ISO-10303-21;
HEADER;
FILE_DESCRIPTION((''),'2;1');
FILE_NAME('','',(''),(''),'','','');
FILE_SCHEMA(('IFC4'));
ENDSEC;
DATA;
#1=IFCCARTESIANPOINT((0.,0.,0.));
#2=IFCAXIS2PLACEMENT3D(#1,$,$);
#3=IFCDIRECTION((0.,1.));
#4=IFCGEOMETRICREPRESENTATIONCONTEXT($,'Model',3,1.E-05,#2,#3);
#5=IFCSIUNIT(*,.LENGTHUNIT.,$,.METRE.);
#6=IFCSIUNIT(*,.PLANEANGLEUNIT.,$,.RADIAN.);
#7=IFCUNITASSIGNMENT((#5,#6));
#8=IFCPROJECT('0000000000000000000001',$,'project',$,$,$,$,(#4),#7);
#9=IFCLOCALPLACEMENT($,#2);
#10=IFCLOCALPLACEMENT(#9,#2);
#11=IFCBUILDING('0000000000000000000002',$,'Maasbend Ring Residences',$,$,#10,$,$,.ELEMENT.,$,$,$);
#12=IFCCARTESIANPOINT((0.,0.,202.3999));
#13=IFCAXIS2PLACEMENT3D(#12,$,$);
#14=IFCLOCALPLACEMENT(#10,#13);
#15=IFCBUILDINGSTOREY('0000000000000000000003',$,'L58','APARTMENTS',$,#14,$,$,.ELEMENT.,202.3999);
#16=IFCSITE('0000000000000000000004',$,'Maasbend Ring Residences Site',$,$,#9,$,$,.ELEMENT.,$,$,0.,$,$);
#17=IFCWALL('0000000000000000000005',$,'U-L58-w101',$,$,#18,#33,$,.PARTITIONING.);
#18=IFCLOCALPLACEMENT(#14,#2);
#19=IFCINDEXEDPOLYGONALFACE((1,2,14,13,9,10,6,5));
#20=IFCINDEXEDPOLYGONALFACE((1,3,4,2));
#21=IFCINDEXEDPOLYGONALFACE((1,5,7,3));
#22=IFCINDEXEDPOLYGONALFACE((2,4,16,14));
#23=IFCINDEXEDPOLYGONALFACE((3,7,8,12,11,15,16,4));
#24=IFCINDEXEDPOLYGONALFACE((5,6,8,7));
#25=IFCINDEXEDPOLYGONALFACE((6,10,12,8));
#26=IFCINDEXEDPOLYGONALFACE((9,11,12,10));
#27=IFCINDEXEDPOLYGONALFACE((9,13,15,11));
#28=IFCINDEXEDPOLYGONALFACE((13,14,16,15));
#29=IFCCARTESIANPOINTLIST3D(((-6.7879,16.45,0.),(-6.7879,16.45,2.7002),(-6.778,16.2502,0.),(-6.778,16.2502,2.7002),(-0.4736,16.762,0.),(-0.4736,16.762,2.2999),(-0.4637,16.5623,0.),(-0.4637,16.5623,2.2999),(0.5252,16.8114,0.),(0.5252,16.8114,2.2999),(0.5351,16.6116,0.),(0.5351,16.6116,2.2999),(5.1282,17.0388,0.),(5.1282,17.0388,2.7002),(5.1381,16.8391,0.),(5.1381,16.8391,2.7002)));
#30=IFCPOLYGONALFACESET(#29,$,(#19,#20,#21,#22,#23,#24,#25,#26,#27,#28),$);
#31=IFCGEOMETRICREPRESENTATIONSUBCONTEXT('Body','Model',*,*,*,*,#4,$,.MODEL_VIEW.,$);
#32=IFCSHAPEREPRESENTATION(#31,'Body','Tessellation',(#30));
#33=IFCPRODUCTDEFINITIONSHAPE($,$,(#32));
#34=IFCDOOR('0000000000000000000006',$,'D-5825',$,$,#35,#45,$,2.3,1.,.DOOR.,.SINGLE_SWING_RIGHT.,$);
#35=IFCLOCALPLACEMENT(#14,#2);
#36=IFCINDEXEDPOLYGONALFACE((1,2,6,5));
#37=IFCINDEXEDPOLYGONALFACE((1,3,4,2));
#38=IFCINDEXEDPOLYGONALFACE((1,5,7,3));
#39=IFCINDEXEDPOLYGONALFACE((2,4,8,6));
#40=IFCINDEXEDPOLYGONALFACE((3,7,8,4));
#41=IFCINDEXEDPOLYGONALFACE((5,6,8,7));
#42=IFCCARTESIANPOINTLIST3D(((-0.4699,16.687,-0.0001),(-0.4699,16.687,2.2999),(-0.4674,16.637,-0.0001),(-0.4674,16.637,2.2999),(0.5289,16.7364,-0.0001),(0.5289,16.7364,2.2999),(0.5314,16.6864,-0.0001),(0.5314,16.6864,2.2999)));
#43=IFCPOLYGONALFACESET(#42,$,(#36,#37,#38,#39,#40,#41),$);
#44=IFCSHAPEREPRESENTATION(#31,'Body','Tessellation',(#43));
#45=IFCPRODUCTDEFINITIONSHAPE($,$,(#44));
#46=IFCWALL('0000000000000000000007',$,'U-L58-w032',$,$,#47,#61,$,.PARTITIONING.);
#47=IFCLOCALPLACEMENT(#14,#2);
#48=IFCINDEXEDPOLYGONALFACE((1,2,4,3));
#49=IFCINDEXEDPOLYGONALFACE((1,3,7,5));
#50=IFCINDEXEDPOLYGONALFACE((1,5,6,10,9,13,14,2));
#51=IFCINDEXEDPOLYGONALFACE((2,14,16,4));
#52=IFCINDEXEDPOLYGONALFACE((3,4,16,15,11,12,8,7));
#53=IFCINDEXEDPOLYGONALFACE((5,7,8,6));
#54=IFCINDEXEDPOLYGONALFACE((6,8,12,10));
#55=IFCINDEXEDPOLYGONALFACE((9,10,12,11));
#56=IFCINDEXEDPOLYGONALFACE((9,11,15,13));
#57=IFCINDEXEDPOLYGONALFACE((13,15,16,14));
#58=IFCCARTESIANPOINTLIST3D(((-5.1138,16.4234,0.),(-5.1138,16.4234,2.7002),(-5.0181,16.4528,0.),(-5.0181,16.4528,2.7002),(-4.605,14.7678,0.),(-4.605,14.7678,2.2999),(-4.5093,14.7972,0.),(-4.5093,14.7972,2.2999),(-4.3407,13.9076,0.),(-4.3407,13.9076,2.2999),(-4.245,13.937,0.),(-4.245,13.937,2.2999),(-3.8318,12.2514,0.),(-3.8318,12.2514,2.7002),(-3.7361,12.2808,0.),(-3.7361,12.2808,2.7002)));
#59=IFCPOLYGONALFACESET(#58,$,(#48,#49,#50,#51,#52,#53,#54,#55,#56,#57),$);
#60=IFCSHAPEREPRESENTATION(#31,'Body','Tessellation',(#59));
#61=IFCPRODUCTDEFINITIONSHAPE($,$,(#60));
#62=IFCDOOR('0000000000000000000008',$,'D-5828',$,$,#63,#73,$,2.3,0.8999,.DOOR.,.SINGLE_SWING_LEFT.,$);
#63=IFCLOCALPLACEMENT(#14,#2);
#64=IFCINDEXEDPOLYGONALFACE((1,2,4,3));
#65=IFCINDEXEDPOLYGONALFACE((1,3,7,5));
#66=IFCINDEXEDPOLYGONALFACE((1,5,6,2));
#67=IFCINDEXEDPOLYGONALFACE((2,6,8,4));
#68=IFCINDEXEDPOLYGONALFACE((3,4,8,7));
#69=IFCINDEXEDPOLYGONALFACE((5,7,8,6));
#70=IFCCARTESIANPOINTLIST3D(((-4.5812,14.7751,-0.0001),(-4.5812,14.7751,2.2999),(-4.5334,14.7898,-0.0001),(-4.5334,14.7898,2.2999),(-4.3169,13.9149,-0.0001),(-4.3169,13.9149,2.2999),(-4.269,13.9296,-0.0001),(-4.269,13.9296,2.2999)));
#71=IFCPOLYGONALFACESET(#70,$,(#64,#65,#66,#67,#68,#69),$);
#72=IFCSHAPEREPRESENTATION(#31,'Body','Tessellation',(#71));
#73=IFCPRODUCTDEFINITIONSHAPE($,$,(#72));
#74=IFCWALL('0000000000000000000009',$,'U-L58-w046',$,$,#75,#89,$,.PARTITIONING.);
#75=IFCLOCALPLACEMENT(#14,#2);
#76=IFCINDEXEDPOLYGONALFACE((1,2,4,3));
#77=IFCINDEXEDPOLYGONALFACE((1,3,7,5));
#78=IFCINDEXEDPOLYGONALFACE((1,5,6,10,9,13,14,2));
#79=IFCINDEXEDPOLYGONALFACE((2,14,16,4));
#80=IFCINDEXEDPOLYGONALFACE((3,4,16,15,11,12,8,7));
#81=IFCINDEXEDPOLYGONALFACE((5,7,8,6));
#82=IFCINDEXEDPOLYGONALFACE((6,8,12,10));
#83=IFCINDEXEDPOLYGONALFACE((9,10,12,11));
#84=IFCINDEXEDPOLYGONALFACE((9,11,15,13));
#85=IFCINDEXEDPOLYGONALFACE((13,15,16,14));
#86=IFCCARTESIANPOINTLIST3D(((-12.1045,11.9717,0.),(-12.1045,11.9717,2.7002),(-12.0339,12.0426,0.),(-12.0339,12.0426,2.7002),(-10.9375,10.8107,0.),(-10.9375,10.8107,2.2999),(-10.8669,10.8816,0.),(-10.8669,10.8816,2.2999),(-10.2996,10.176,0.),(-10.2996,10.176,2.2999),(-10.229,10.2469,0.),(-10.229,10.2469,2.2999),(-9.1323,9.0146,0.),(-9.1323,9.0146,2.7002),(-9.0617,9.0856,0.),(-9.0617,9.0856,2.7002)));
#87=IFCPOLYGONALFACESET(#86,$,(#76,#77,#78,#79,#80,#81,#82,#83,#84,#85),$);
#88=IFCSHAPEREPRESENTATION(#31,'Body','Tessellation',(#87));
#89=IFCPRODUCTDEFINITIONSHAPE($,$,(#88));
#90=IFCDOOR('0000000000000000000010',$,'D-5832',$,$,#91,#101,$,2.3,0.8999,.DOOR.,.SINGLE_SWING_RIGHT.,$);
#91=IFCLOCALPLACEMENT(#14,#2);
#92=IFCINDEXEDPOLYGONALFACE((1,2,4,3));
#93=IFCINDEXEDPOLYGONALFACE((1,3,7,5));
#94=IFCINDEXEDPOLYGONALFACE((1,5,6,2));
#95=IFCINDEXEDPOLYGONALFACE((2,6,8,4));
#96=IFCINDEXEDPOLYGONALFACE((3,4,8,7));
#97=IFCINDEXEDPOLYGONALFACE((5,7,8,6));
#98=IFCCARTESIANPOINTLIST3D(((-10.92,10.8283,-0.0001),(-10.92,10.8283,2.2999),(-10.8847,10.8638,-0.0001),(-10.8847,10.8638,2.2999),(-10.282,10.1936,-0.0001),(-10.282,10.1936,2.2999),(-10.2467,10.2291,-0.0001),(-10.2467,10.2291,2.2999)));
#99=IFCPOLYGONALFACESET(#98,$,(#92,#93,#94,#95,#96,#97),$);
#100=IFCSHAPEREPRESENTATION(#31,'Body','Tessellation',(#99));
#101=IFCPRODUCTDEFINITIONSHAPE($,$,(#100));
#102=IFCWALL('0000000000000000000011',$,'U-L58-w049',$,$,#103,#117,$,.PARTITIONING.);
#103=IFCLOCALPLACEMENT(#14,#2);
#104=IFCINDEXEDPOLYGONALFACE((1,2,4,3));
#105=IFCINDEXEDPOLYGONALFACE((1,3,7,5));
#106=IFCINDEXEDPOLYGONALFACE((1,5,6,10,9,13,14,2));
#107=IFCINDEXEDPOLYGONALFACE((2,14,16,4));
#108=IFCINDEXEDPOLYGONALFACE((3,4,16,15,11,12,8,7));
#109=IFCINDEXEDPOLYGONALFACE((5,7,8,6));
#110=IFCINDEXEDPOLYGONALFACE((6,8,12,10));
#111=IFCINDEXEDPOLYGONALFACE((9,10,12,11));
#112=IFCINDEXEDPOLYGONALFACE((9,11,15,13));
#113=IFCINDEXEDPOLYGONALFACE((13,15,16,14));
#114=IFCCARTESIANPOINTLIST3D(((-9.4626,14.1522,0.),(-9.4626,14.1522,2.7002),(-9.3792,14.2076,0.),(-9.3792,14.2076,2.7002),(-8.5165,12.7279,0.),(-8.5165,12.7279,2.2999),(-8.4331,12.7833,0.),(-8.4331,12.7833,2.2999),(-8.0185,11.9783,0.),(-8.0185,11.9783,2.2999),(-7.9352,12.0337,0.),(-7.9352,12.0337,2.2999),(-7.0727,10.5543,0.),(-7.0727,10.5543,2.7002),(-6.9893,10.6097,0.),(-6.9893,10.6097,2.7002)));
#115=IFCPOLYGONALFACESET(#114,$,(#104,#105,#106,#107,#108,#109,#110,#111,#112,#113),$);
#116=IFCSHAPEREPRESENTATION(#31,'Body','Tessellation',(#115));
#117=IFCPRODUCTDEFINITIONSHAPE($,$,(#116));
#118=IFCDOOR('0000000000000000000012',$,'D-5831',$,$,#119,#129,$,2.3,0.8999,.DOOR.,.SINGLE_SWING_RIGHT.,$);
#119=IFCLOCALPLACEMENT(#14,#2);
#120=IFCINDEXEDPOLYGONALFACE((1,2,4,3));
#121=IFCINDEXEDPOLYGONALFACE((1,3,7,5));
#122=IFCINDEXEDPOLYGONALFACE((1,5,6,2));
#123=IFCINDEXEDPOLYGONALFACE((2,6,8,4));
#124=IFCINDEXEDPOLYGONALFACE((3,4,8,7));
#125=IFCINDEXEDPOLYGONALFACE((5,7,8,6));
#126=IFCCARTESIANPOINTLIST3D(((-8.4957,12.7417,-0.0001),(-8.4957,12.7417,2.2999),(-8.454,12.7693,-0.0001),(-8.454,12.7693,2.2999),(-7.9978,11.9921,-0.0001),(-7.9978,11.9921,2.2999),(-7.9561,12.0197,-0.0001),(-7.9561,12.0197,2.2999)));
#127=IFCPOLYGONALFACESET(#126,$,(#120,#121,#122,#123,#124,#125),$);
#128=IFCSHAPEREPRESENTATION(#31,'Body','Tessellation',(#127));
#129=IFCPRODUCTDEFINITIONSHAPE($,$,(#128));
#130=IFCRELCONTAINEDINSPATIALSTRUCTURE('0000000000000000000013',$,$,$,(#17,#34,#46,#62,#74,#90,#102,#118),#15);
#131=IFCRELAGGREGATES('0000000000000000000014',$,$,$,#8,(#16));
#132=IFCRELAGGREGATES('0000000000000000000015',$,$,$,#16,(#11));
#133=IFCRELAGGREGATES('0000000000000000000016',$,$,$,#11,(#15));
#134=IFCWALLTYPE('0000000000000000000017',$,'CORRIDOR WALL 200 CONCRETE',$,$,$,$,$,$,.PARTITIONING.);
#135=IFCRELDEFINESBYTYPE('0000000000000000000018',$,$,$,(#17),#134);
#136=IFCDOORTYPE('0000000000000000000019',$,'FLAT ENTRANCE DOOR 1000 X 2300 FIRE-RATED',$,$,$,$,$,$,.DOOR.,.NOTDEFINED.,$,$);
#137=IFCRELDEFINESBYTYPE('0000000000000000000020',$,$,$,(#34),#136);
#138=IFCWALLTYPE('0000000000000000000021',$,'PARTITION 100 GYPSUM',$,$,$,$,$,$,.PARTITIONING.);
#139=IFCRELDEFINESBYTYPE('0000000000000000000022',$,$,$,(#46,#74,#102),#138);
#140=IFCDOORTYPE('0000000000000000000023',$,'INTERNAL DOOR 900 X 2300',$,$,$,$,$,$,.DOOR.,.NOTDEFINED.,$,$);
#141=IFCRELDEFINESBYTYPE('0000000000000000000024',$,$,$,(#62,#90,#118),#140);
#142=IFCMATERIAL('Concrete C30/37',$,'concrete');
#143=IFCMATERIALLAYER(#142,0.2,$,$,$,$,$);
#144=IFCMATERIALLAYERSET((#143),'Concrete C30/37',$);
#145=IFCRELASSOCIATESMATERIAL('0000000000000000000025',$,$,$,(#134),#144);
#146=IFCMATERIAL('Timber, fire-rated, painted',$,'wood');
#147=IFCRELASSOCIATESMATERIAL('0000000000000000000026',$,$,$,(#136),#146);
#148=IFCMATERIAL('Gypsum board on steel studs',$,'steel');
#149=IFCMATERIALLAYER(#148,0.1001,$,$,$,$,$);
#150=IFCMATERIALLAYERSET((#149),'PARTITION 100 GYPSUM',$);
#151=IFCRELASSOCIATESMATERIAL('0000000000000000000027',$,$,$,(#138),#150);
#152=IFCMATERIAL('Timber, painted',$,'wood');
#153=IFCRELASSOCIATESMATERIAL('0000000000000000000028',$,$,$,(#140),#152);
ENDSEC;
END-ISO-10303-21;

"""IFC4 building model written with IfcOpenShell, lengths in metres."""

from ifc_helpers import new_model, si_unit, direction, frame, frame_2d, origin, place, context, subcontext, project, spatial, rectangle, extrude, material, layer, layer_set, type_object, element, fill, save


model = new_model("IFC4")

# Units and contexts
model_context = context("Model", 3, precision=1e-05, world=origin(), true_north=direction((0.0, 1.0)))
body_context = subcontext(model_context, "Body", "Model", "MODEL_VIEW")
ifc_project = project(units=[si_unit("LENGTHUNIT", "METRE"), si_unit("PLANEANGLEUNIT", "RADIAN")], contexts=[model_context])

# Site, building, storey
site_placement = place(None, origin())
site = spatial("IfcSite", under=ifc_project, at=site_placement, Name="Maasbend Ring Residences Site", CompositionType="ELEMENT", RefElevation=0.0)
building_placement = place(site_placement, origin())
building = spatial("IfcBuilding", under=site, at=building_placement, Name="Maasbend Ring Residences", CompositionType="ELEMENT")
storey_placement = place(building_placement, frame((0.0, 0.0, 202.3999)))
storey = spatial("IfcBuildingStorey", under=building, at=storey_placement, Name="L58", Description="APARTMENTS", CompositionType="ELEMENT", Elevation=202.3999)

# Walls, openings, doors
ifc_material_1 = material(Name="Concrete C30/37", Category="concrete")
ifc_layer_1 = layer(ifc_material_1, 0.2)
ifc_layer_set_1 = layer_set([ifc_layer_1], Name="Concrete C30/37")
wall_type_1 = type_object("IfcWallType", Name="CORRIDOR WALL 200 CONCRETE", PredefinedType="PARTITIONING", material=ifc_layer_set_1)
wall_1_placement = place(storey_placement, frame((-6.783, 16.3501, 0.0), z_axis=(0.0, 0.0, 1.0), x_axis=(0.998781, 0.049358, 0.0)))
wall_1 = element("IfcWall", 1, at=wall_1_placement, inside=storey, type_object=wall_type_1, Name="U-L58-w101", PredefinedType="PARTITIONING", context=body_context, shape_type="SweptSolid", body=[
    extrude(rectangle(XDim=11.9307, YDim=0.2, at=frame_2d((5.9653, 0.0))), origin(), (0.0, 0.0, 1.0), 2.7002),
])
opening_1_placement = place(wall_1_placement, frame((6.322, 0.0, 0.0)))
opening_1 = element("IfcOpeningElement", 2, at=opening_1_placement, cuts=wall_1, PredefinedType="OPENING", context=body_context, shape_type="SweptSolid", body=[
    extrude(rectangle(XDim=1.0, YDim=2.3, at=frame_2d((0.5, 1.1499))), frame((0.0, 0.1099, 0.0), z_axis=(0.0, -1.0, 0.0), x_axis=(1.0, 0.0, 0.0)), (0.0, 0.0, 1.0), 0.22),
])
ifc_material_2 = material(Name="Timber, fire-rated, painted", Category="wood")
door_type_1 = type_object("IfcDoorType", Name="FLAT ENTRANCE DOOR 1000 X 2300 FIRE-RATED", OperationType="NOTDEFINED", PredefinedType="DOOR", material=ifc_material_2)
door_1_placement = place(opening_1_placement, origin())
door_1 = element("IfcDoor", 3, at=door_1_placement, inside=storey, type_object=door_type_1, Name="D-5825", OperationType="SINGLE_SWING_RIGHT", OverallHeight=2.3, OverallWidth=1.0, PredefinedType="DOOR", context=body_context, shape_type="SweptSolid", body=[
    extrude(rectangle(XDim=1.0, YDim=2.3, at=frame_2d((0.5, 1.1499))), frame((0.0, 0.0249, 0.0), z_axis=(0.0, -1.0, 0.0), x_axis=(1.0, 0.0, 0.0)), (0.0, 0.0, 1.0), 0.05),
])
fill(opening_1, door_1)
ifc_material_3 = material(Name="Gypsum board on steel studs", Category="steel")
ifc_layer_2 = layer(ifc_material_3, 0.1001)
ifc_layer_set_2 = layer_set([ifc_layer_2], Name="PARTITION 100 GYPSUM")
wall_type_2 = type_object("IfcWallType", Name="PARTITION 100 GYPSUM", PredefinedType="PARTITIONING", material=ifc_layer_set_2)
wall_2_placement = place(storey_placement, frame((-5.0659, 16.438, 0.0), z_axis=(0.0, 0.0, 1.0), x_axis=(0.293736, -0.955887, 0.0)))
wall_2 = element("IfcWall", 4, at=wall_2_placement, inside=storey, type_object=wall_type_2, Name="U-L58-w032", PredefinedType="PARTITIONING", context=body_context, shape_type="SweptSolid", body=[
    extrude(rectangle(XDim=4.3645, YDim=0.1001, at=frame_2d((2.1821, 0.0))), origin(), (0.0, 0.0, 1.0), 2.7002),
])
opening_2_placement = place(wall_2_placement, frame((1.7319, 0.0, 0.0)))
opening_2 = element("IfcOpeningElement", 5, at=opening_2_placement, cuts=wall_2, PredefinedType="OPENING", context=body_context, shape_type="SweptSolid", body=[
    extrude(rectangle(XDim=0.8999, YDim=2.3, at=frame_2d((0.45, 1.1499))), frame((0.0, 0.0601, 0.0), z_axis=(0.0, -1.0, 0.0), x_axis=(1.0, 0.0, 0.0)), (0.0, 0.0, 1.0), 0.1201),
])
ifc_material_4 = material(Name="Timber, painted", Category="wood")
door_type_2 = type_object("IfcDoorType", Name="INTERNAL DOOR 900 X 2300", OperationType="NOTDEFINED", PredefinedType="DOOR", material=ifc_material_4)
door_2_placement = place(opening_2_placement, origin())
door_2 = element("IfcDoor", 6, at=door_2_placement, inside=storey, type_object=door_type_2, Name="D-5828", OperationType="SINGLE_SWING_LEFT", OverallHeight=2.3, OverallWidth=0.8999, PredefinedType="DOOR", context=body_context, shape_type="SweptSolid", body=[
    extrude(rectangle(XDim=0.8999, YDim=2.3, at=frame_2d((0.45, 1.1499))), frame((0.0, 0.0249, 0.0), z_axis=(0.0, -1.0, 0.0), x_axis=(1.0, 0.0, 0.0)), (0.0, 0.0, 1.0), 0.05),
])
fill(opening_2, door_2)
wall_3_placement = place(storey_placement, frame((-12.0691, 12.0071, 0.0), z_axis=(0.0, 0.0, 1.0), x_axis=(0.70891, -0.705299, 0.0)))
wall_3 = element("IfcWall", 7, at=wall_3_placement, inside=storey, type_object=wall_type_2, Name="U-L58-w046", PredefinedType="PARTITIONING", context=body_context, shape_type="SweptSolid", body=[
    extrude(rectangle(XDim=4.1926, YDim=0.1001, at=frame_2d((2.0962, 0.0))), origin(), (0.0, 0.0, 1.0), 2.7002),
])
opening_3_placement = place(wall_3_placement, frame((1.646, 0.0, 0.0)))
opening_3 = element("IfcOpeningElement", 8, at=opening_3_placement, cuts=wall_3, PredefinedType="OPENING", context=body_context, shape_type="SweptSolid", body=[
    extrude(rectangle(XDim=0.8999, YDim=2.3, at=frame_2d((0.45, 1.1499))), frame((0.0, 0.0601, 0.0), z_axis=(0.0, -1.0, 0.0), x_axis=(1.0, 0.0, 0.0)), (0.0, 0.0, 1.0), 0.1201),
])
door_3_placement = place(opening_3_placement, origin())
door_3 = element("IfcDoor", 9, at=door_3_placement, inside=storey, type_object=door_type_2, Name="D-5832", OperationType="SINGLE_SWING_RIGHT", OverallHeight=2.3, OverallWidth=0.8999, PredefinedType="DOOR", context=body_context, shape_type="SweptSolid", body=[
    extrude(rectangle(XDim=0.8999, YDim=2.3, at=frame_2d((0.45, 1.1499))), frame((0.0, 0.0249, 0.0), z_axis=(0.0, -1.0, 0.0), x_axis=(1.0, 0.0, 0.0)), (0.0, 0.0, 1.0), 0.05),
])
fill(opening_3, door_3)
wall_4_placement = place(storey_placement, frame((-9.4209, 14.1799, 0.0), z_axis=(0.0, 0.0, 1.0), x_axis=(0.553304, -0.83298, 0.0)))
wall_4 = element("IfcWall", 10, at=wall_4_placement, inside=storey, type_object=wall_type_2, Name="U-L58-w049", PredefinedType="PARTITIONING", context=body_context, shape_type="SweptSolid", body=[
    extrude(rectangle(XDim=4.3193, YDim=0.1001, at=frame_2d((2.1597, 0.0))), origin(), (0.0, 0.0, 1.0), 2.7002),
])
opening_4_placement = place(wall_4_placement, frame((1.71, 0.0, 0.0)))
opening_4 = element("IfcOpeningElement", 11, at=opening_4_placement, cuts=wall_4, PredefinedType="OPENING", context=body_context, shape_type="SweptSolid", body=[
    extrude(rectangle(XDim=0.8999, YDim=2.3, at=frame_2d((0.45, 1.1499))), frame((0.0, 0.0601, 0.0), z_axis=(0.0, -1.0, 0.0), x_axis=(1.0, 0.0, 0.0)), (0.0, 0.0, 1.0), 0.1201),
])
door_4_placement = place(opening_4_placement, origin())
door_4 = element("IfcDoor", 12, at=door_4_placement, inside=storey, type_object=door_type_2, Name="D-5831", OperationType="SINGLE_SWING_RIGHT", OverallHeight=2.3, OverallWidth=0.8999, PredefinedType="DOOR", context=body_context, shape_type="SweptSolid", body=[
    extrude(rectangle(XDim=0.8999, YDim=2.3, at=frame_2d((0.45, 1.1499))), frame((0.0, 0.0249, 0.0), z_axis=(0.0, -1.0, 0.0), x_axis=(1.0, 0.0, 0.0)), (0.0, 0.0, 1.0), 0.05),
])
fill(opening_4, door_4)

save(model, "model.ifc")
